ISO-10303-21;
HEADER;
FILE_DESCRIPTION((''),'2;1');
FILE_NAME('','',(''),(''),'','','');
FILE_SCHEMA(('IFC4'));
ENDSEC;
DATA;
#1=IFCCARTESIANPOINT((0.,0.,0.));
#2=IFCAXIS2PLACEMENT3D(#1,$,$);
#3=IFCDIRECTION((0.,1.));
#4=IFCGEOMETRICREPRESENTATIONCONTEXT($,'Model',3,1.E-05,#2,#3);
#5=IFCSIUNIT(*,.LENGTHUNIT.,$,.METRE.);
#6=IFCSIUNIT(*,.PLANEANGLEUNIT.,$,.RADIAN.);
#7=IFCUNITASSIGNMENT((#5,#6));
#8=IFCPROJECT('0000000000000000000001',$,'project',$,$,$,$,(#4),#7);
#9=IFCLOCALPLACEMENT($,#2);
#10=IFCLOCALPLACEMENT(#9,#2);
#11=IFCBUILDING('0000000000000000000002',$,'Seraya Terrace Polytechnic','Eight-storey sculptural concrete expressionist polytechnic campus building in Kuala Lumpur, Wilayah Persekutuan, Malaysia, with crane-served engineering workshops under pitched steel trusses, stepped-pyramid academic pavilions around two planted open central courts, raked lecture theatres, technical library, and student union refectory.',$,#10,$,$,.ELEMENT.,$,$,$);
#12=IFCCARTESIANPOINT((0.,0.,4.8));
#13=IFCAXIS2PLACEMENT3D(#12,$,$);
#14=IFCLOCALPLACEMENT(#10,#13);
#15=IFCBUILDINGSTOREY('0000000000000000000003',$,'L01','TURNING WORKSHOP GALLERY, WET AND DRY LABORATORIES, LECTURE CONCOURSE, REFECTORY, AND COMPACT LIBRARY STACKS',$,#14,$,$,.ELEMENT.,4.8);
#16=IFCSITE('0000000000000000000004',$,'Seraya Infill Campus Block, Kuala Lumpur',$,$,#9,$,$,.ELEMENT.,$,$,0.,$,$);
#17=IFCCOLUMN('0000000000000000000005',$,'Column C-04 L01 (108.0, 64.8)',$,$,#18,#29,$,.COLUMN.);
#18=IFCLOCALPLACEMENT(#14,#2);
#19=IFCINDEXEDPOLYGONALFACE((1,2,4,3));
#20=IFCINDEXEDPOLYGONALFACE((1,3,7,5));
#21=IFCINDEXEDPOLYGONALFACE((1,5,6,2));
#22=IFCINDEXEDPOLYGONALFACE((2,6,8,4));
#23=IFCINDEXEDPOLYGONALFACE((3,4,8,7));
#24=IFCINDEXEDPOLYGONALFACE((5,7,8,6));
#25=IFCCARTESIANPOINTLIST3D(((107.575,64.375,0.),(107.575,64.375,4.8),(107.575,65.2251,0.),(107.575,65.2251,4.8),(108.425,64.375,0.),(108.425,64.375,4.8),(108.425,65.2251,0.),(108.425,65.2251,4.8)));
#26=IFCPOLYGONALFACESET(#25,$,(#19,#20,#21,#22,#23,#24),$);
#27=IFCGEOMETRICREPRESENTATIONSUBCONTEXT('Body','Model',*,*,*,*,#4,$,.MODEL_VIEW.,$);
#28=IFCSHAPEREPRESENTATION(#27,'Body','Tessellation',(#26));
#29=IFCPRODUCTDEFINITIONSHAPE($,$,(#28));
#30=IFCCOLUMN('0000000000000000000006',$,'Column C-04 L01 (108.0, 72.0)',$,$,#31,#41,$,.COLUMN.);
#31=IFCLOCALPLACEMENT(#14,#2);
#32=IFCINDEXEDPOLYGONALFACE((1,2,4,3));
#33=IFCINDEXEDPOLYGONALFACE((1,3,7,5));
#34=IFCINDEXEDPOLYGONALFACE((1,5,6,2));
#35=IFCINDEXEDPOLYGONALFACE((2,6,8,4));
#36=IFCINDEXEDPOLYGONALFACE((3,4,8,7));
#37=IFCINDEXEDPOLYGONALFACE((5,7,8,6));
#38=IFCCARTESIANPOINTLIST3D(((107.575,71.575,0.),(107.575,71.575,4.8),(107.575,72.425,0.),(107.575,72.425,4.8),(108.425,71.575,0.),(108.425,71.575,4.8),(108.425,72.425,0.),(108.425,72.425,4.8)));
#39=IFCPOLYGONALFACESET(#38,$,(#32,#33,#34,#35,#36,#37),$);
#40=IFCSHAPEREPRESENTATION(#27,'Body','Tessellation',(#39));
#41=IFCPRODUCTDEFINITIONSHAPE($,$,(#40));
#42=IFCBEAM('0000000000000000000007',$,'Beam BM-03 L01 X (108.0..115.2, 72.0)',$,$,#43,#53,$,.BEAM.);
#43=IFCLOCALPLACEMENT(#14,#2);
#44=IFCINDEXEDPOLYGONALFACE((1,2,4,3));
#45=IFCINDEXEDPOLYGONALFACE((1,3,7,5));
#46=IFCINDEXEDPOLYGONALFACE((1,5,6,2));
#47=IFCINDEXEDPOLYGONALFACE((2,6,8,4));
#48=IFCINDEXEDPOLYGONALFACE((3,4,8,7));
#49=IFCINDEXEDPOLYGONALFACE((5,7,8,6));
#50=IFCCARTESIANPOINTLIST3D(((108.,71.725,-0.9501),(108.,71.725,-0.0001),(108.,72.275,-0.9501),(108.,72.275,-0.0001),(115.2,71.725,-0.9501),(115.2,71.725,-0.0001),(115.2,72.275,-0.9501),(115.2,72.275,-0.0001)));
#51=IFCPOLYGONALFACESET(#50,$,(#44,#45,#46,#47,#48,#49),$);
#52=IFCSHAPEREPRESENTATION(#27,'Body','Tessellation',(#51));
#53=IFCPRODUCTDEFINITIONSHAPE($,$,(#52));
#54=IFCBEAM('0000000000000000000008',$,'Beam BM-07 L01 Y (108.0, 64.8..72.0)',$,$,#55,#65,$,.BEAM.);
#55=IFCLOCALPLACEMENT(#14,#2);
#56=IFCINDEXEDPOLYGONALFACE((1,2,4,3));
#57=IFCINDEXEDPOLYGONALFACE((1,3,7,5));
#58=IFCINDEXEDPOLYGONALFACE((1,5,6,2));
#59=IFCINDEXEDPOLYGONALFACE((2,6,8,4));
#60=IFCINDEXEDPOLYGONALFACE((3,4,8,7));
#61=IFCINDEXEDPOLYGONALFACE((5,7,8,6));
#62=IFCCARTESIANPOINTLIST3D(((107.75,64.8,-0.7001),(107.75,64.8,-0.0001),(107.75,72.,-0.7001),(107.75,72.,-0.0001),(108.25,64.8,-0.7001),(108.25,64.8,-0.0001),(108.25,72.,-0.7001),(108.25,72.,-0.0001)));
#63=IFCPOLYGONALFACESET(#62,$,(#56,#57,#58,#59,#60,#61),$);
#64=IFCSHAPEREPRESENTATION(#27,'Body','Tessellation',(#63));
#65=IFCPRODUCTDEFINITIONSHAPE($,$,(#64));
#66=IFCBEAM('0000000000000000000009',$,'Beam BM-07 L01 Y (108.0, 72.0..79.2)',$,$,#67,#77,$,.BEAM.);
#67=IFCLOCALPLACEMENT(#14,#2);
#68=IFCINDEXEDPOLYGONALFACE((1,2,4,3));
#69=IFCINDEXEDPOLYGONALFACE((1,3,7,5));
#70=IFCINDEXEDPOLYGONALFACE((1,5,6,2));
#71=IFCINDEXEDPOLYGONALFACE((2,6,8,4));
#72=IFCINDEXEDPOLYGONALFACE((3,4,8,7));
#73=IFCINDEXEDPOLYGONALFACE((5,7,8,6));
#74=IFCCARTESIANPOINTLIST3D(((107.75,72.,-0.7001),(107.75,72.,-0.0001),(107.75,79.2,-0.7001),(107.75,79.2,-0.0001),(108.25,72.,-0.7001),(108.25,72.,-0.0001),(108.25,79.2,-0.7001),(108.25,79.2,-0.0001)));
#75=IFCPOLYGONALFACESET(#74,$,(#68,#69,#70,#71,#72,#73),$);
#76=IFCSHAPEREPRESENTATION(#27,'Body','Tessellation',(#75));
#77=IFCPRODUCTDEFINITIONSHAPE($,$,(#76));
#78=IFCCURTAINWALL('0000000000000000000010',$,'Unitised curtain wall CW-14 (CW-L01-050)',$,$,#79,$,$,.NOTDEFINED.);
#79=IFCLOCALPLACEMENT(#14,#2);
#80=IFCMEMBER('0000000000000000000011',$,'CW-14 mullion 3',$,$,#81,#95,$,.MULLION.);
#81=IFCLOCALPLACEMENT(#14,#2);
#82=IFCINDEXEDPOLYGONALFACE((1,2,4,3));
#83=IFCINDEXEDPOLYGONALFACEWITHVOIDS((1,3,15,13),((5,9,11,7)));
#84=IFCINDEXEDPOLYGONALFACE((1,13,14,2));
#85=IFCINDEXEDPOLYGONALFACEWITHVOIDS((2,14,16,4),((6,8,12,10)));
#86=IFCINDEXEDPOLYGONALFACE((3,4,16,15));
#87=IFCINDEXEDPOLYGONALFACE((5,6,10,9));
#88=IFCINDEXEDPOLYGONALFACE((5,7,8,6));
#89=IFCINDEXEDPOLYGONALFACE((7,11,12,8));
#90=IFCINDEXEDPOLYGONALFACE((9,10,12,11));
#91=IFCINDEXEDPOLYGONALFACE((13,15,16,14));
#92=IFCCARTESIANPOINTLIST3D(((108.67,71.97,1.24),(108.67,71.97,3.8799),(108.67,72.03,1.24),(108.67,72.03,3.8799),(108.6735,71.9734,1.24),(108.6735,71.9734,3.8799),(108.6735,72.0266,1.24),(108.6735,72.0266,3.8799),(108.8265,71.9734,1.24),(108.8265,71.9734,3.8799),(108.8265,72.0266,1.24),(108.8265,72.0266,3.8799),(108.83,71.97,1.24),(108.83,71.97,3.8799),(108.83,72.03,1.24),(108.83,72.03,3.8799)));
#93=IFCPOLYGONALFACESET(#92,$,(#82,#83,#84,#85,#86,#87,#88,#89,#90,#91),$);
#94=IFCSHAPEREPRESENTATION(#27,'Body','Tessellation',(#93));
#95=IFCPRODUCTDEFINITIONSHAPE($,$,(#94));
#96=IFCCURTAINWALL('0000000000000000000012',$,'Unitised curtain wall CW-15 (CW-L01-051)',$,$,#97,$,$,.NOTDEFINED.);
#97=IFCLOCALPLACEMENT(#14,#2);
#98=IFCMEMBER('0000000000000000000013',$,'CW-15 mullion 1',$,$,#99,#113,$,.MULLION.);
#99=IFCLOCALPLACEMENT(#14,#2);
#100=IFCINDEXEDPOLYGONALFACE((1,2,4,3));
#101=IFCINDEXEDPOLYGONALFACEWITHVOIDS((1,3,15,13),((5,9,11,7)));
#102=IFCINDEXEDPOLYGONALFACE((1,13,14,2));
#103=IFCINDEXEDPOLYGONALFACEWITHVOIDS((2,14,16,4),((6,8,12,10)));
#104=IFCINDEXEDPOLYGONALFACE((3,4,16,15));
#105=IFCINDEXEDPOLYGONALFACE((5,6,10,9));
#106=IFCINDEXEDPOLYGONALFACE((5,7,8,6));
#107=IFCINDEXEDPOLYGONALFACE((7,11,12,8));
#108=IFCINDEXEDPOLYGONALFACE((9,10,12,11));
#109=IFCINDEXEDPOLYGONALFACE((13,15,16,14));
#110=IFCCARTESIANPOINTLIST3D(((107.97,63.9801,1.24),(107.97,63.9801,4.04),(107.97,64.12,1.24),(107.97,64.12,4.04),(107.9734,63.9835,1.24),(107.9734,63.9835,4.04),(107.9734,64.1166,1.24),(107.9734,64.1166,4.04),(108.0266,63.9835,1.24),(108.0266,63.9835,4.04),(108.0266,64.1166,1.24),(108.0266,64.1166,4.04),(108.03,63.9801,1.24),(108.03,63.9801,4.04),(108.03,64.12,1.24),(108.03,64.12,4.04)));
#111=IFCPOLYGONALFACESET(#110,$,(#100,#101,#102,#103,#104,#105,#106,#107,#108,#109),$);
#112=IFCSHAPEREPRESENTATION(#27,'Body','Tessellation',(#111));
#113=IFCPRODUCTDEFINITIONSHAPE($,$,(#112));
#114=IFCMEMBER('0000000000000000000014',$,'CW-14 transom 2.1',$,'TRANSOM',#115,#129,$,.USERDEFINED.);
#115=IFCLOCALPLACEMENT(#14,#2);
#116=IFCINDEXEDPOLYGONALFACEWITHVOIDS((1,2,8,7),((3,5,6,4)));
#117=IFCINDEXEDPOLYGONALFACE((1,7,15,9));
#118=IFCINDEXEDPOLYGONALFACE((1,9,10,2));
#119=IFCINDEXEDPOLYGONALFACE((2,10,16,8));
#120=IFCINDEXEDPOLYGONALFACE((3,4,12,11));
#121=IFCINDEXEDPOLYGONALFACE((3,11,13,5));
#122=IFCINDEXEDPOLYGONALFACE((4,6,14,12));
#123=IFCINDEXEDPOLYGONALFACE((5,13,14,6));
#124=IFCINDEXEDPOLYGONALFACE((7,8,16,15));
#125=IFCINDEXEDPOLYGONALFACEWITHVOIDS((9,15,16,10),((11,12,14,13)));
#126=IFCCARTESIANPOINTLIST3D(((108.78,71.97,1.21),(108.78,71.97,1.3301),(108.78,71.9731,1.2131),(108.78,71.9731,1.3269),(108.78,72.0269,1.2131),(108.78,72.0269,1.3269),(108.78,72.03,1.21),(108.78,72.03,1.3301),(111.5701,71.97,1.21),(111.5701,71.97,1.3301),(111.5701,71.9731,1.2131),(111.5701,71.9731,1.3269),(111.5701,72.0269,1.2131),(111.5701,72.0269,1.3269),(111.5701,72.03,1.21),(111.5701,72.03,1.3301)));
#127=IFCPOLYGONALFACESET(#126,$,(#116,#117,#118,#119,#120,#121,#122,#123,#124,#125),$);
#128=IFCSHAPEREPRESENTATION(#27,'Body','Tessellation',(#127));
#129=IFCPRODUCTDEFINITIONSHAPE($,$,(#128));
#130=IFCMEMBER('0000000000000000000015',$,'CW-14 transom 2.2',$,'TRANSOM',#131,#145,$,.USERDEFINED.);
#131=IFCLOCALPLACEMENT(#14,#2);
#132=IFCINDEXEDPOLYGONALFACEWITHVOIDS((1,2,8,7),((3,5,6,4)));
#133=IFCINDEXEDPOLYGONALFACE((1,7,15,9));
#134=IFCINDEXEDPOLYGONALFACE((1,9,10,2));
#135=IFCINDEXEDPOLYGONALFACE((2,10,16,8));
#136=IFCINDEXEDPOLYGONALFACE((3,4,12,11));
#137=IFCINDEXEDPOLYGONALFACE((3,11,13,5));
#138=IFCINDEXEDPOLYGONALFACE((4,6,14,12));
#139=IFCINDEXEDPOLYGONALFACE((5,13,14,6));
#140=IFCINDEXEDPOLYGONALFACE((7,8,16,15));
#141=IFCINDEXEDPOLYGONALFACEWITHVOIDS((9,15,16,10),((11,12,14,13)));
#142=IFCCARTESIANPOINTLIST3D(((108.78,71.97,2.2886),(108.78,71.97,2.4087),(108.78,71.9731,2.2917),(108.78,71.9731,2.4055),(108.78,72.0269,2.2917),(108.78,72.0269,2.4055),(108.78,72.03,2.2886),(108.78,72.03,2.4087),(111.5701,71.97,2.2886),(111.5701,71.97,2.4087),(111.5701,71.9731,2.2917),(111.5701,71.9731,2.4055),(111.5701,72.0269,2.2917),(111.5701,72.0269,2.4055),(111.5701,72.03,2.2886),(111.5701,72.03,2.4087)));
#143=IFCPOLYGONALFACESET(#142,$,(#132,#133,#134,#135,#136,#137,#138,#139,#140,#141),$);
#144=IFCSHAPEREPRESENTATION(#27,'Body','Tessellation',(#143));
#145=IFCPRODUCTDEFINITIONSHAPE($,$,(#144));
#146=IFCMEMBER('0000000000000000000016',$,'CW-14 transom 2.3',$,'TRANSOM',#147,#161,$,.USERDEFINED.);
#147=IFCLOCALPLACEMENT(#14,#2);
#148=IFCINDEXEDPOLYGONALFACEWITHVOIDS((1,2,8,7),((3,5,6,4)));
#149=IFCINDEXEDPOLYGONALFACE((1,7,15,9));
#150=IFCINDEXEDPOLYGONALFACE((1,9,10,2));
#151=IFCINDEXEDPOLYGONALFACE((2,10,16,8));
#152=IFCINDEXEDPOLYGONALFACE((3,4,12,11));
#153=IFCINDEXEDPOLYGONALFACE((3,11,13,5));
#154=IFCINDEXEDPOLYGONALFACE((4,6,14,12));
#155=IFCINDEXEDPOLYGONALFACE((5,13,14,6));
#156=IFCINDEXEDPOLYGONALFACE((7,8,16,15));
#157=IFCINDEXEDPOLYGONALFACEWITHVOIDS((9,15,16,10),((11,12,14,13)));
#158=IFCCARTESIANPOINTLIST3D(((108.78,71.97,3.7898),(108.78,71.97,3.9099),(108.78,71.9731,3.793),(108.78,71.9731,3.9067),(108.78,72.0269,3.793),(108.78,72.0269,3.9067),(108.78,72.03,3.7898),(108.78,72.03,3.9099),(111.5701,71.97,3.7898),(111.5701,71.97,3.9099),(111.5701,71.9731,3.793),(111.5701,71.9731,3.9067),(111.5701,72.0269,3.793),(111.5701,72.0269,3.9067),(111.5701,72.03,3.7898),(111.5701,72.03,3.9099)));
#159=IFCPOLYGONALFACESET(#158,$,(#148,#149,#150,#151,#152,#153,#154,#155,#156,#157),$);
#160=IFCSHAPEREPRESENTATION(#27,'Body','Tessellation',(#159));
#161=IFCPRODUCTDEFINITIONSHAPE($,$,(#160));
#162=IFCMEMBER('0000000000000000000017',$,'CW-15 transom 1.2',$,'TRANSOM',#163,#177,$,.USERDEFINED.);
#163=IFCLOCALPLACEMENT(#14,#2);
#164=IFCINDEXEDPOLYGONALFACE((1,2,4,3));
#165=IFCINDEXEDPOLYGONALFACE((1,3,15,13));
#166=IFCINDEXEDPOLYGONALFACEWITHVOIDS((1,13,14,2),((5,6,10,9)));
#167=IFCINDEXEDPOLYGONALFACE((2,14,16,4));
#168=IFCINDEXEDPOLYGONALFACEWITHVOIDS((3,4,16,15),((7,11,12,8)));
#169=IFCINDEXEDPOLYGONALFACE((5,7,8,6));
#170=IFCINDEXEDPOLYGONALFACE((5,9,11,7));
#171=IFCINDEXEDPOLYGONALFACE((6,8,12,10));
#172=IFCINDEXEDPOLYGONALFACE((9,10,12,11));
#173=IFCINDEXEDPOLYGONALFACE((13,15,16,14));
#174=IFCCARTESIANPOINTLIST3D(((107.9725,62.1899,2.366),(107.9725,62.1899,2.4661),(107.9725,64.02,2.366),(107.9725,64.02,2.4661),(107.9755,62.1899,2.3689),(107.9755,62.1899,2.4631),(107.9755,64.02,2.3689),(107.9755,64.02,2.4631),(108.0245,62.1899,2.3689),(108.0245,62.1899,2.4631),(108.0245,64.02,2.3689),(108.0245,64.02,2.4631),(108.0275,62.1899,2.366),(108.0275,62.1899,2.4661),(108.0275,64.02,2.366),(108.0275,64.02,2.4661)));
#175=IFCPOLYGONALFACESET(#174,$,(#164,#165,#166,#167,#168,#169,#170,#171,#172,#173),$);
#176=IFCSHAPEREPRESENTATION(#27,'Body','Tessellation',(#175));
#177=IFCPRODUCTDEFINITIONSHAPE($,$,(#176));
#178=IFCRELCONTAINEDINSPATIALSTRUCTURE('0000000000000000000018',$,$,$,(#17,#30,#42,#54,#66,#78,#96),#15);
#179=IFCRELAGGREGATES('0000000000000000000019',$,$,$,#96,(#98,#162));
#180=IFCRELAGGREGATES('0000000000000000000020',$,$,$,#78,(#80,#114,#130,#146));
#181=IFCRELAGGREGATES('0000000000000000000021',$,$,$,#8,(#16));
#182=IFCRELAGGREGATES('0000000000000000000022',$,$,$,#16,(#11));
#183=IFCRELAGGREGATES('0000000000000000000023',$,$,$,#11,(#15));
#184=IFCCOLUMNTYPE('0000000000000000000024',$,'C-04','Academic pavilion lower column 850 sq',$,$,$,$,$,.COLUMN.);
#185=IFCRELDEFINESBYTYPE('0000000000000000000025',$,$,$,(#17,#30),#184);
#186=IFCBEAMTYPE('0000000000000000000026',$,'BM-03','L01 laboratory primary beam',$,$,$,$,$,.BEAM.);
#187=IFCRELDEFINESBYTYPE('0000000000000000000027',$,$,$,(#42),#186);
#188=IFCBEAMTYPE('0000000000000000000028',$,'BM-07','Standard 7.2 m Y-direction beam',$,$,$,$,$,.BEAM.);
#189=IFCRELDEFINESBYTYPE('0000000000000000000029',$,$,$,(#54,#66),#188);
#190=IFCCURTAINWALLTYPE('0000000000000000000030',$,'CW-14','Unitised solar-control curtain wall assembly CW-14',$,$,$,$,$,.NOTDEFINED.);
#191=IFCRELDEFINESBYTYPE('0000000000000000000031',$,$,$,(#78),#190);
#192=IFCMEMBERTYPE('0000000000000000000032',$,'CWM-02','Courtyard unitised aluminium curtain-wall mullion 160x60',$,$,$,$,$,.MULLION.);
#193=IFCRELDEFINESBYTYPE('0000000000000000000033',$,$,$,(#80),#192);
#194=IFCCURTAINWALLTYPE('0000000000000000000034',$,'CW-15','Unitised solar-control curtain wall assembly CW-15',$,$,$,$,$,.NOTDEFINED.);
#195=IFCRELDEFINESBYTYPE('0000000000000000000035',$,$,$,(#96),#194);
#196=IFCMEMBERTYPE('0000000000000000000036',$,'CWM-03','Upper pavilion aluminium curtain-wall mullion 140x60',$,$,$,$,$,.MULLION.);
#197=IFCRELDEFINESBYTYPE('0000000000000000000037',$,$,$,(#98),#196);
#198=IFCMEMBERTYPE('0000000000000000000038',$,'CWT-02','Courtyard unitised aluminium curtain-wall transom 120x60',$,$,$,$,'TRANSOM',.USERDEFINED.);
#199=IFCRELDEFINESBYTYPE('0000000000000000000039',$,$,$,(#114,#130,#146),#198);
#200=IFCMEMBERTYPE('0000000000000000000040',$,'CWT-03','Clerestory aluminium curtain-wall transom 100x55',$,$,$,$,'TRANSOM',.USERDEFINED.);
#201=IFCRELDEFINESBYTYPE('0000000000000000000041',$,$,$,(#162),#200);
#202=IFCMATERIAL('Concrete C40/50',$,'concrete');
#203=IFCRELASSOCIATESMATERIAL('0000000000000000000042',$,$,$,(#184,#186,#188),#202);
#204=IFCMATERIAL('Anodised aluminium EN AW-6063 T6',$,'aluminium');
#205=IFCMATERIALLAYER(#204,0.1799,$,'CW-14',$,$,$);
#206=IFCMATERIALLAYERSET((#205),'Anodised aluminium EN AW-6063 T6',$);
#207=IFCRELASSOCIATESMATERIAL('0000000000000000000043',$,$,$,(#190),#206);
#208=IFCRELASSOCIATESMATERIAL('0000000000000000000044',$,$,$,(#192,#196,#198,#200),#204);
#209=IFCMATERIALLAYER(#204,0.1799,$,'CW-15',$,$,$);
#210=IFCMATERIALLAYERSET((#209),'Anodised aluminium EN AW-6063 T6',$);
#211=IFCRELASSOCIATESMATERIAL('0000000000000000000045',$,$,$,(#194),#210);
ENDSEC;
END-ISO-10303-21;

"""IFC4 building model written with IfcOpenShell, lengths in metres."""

from ifc_helpers import new_model, si_unit, direction, frame, origin, origin_2d, place, context, subcontext, project, spatial, rectangle, hollow_rectangle, extrude, material, layer, layer_set, material_profile, profile_set, type_object, element, aggregate, save


model = new_model("IFC4")

# Units and contexts
model_context = context("Model", 3, precision=1e-05, world=origin(), true_north=direction((0.0, 1.0)))
body_context = subcontext(model_context, "Body", "Model", "MODEL_VIEW")
ifc_project = project(units=[si_unit("LENGTHUNIT", "METRE"), si_unit("PLANEANGLEUNIT", "RADIAN")], contexts=[model_context])

# Site, building, storey
site_placement = place(None, origin())
site = spatial("IfcSite", under=ifc_project, at=site_placement, Name="Seraya Infill Campus Block, Kuala Lumpur", CompositionType="ELEMENT", RefElevation=0.0)
building_placement = place(site_placement, origin())
building = spatial("IfcBuilding", under=site, at=building_placement, Name="Seraya Terrace Polytechnic", Description="Eight-storey sculptural concrete expressionist polytechnic campus building in Kuala Lumpur, Wilayah Persekutuan, Malaysia, with crane-served engineering workshops under pitched steel trusses, stepped-pyramid academic pavilions around two planted open central courts, raked lecture theatres, technical library, and student union refectory.", CompositionType="ELEMENT")
storey_placement = place(building_placement, frame((0.0, 0.0, 4.8)))
storey = spatial("IfcBuildingStorey", under=building, at=storey_placement, Name="L01", Description="TURNING WORKSHOP GALLERY, WET AND DRY LABORATORIES, LECTURE CONCOURSE, REFECTORY, AND COMPACT LIBRARY STACKS", CompositionType="ELEMENT", Elevation=4.8)

# Columns
ifc_material_1 = material(Name="Concrete C40/50", Category="concrete")
ifc_material_profile_1 = material_profile(ifc_material_1, rectangle(XDim=0.8501, YDim=0.8501, at=origin_2d()), Name="RC 850x850")
ifc_profile_set_1 = profile_set([ifc_material_profile_1], Name="Concrete C40/50")
column_type = type_object("IfcColumnType", Name="C-04", Description="Academic pavilion lower column 850 sq", PredefinedType="COLUMN", material=ifc_profile_set_1)
for number, where, z_axis, x_axis, name in (
    (1, (108.0, 64.8, 0.0), (0.0, 0.0, 1.0), (1.0, 0.0, 0.0), "Column C-04 L01 (108.0, 64.8)"),
    (2, (108.0, 72.0, 0.0), (0.0, 0.0, 1.0), (1.0, 0.0, 0.0), "Column C-04 L01 (108.0, 72.0)"),
):
    element("IfcColumn", number, at=place(storey_placement, frame(where, z_axis=z_axis, x_axis=x_axis)), inside=storey, type_object=column_type, Name=name, PredefinedType="COLUMN", context=body_context, shape_type="SweptSolid", body=[
        extrude(rectangle(XDim=0.8501, YDim=0.8501, at=origin_2d()), origin(), (0.0, 0.0, 1.0), 4.8),
    ])

# Beams
ifc_material_profile_2 = material_profile(ifc_material_1, rectangle(XDim=0.55, YDim=0.95, at=origin_2d()), Name="RC 550x950")
ifc_profile_set_2 = profile_set([ifc_material_profile_2], Name="Concrete C40/50")
beam_type_1 = type_object("IfcBeamType", Name="BM-03", Description="L01 laboratory primary beam", PredefinedType="BEAM", material=ifc_profile_set_2)
beam_placement = place(storey_placement, frame((108.0, 72.0, -0.4751), z_axis=(1.0, 0.0, 0.0), x_axis=(0.0, 1.0, 0.0)))
element("IfcBeam", 3, at=beam_placement, inside=storey, type_object=beam_type_1, Name="Beam BM-03 L01 X (108.0..115.2, 72.0)", PredefinedType="BEAM", context=body_context, shape_type="SweptSolid", body=[
    extrude(rectangle(XDim=0.55, YDim=0.95, at=origin_2d()), origin(), (0.0, 0.0, 1.0), 7.2),
])
ifc_material_profile_3 = material_profile(ifc_material_1, rectangle(XDim=0.5, YDim=0.7, at=origin_2d()), Name="RC 500x700")
ifc_profile_set_3 = profile_set([ifc_material_profile_3], Name="Concrete C40/50")
beam_type_2 = type_object("IfcBeamType", Name="BM-07", Description="Standard 7.2 m Y-direction beam", PredefinedType="BEAM", material=ifc_profile_set_3)
for number, where, z_axis, x_axis, name in (
    (4, (108.0, 64.8, -0.3501), (0.0, 1.0, 0.0), (-1.0, 0.0, 0.0), "Beam BM-07 L01 Y (108.0, 64.8..72.0)"),
    (5, (108.0, 72.0, -0.3501), (0.0, 1.0, 0.0), (-1.0, 0.0, 0.0), "Beam BM-07 L01 Y (108.0, 72.0..79.2)"),
):
    element("IfcBeam", number, at=place(storey_placement, frame(where, z_axis=z_axis, x_axis=x_axis)), inside=storey, type_object=beam_type_2, Name=name, PredefinedType="BEAM", context=body_context, shape_type="SweptSolid", body=[
        extrude(rectangle(XDim=0.5, YDim=0.7, at=origin_2d()), origin(), (0.0, 0.0, 1.0), 7.2),
    ])

# Curtain walls, members
ifc_material_2 = material(Name="Anodised aluminium EN AW-6063 T6", Category="aluminium")
ifc_layer_1 = layer(ifc_material_2, 0.1799, Name="CW-14")
ifc_layer_set_1 = layer_set([ifc_layer_1], Name="Anodised aluminium EN AW-6063 T6")
curtain_wall_type_1 = type_object("IfcCurtainWallType", Name="CW-14", Description="Unitised solar-control curtain wall assembly CW-14", PredefinedType="NOTDEFINED", material=ifc_layer_set_1)
curtain_wall_1_placement = place(storey_placement, origin())
curtain_wall_1 = element("IfcCurtainWall", 6, at=curtain_wall_1_placement, inside=storey, type_object=curtain_wall_type_1, Name="Unitised curtain wall CW-14 (CW-L01-050)", PredefinedType="NOTDEFINED")
ifc_material_profile_4 = material_profile(ifc_material_2, hollow_rectangle(XDim=0.0601, YDim=0.1599, WallThickness=0.0034, at=origin_2d()), Name="RHS 160x60x3.5")
ifc_profile_set_4 = profile_set([ifc_material_profile_4], Name="Anodised aluminium EN AW-6063 T6")
member_type_1 = type_object("IfcMemberType", Name="CWM-02", Description="Courtyard unitised aluminium curtain-wall mullion 160x60", PredefinedType="MULLION", material=ifc_profile_set_4)
member_1_placement = place(storey_placement, frame((108.75, 72.0, 1.24), z_axis=(0.0, 0.0, 1.0), x_axis=(0.0, -1.0, 0.0)))
member_1 = element("IfcMember", 7, at=member_1_placement, type_object=member_type_1, Name="CW-14 mullion 3", PredefinedType="MULLION", context=body_context, shape_type="SweptSolid", body=[
    extrude(hollow_rectangle(XDim=0.0601, YDim=0.1599, WallThickness=0.0034, at=origin_2d()), origin(), (0.0, 0.0, 1.0), 2.6399),
])
ifc_layer_2 = layer(ifc_material_2, 0.1799, Name="CW-15")
ifc_layer_set_2 = layer_set([ifc_layer_2], Name="Anodised aluminium EN AW-6063 T6")
curtain_wall_type_2 = type_object("IfcCurtainWallType", Name="CW-15", Description="Unitised solar-control curtain wall assembly CW-15", PredefinedType="NOTDEFINED", material=ifc_layer_set_2)
curtain_wall_2_placement = place(storey_placement, origin())
curtain_wall_2 = element("IfcCurtainWall", 8, at=curtain_wall_2_placement, inside=storey, type_object=curtain_wall_type_2, Name="Unitised curtain wall CW-15 (CW-L01-051)", PredefinedType="NOTDEFINED")
ifc_material_profile_5 = material_profile(ifc_material_2, hollow_rectangle(XDim=0.0601, YDim=0.1399, WallThickness=0.0034, at=origin_2d()), Name="RHS 140x60x3.5")
ifc_profile_set_5 = profile_set([ifc_material_profile_5], Name="Anodised aluminium EN AW-6063 T6")
member_type_2 = type_object("IfcMemberType", Name="CWM-03", Description="Upper pavilion aluminium curtain-wall mullion 140x60", PredefinedType="MULLION", material=ifc_profile_set_5)
member_2_placement = place(storey_placement, frame((108.0, 64.05, 1.24), z_axis=(0.0, 0.0, 1.0), x_axis=(1.0, 0.0, 0.0)))
member_2 = element("IfcMember", 9, at=member_2_placement, type_object=member_type_2, Name="CW-15 mullion 1", PredefinedType="MULLION", context=body_context, shape_type="SweptSolid", body=[
    extrude(hollow_rectangle(XDim=0.0601, YDim=0.1399, WallThickness=0.0034, at=origin_2d()), origin(), (0.0, 0.0, 1.0), 2.8),
])

# Members
ifc_material_profile_6 = material_profile(ifc_material_2, hollow_rectangle(XDim=0.0601, YDim=0.1201, WallThickness=0.0032, at=origin_2d()), Name="RHS 120x60x3.2")
ifc_profile_set_6 = profile_set([ifc_material_profile_6], Name="Anodised aluminium EN AW-6063 T6")
member_type_3 = type_object("IfcMemberType", Name="CWT-02", Description="Courtyard unitised aluminium curtain-wall transom 120x60", ElementType="TRANSOM", PredefinedType="USERDEFINED", material=ifc_profile_set_6)
member_3_placement = place(storey_placement, frame((111.5701, 72.0, 1.27), z_axis=(-1.0, 0.0, 0.0), x_axis=(0.0, -1.0, 0.0)))
member_3 = element("IfcMember", 10, at=member_3_placement, type_object=member_type_3, Name="CW-14 transom 2.1", ObjectType="TRANSOM", PredefinedType="USERDEFINED", context=body_context, shape_type="SweptSolid", body=[
    extrude(hollow_rectangle(XDim=0.0601, YDim=0.1201, WallThickness=0.0032, at=origin_2d()), origin(), (0.0, 0.0, 1.0), 2.79),
])
member_4_placement = place(storey_placement, frame((111.5701, 72.0, 2.3486), z_axis=(-1.0, 0.0, 0.0), x_axis=(0.0, -1.0, 0.0)))
member_4 = element("IfcMember", 11, at=member_4_placement, type_object=member_type_3, Name="CW-14 transom 2.2", ObjectType="TRANSOM", PredefinedType="USERDEFINED", context=body_context, shape_type="SweptSolid", body=[
    extrude(hollow_rectangle(XDim=0.0601, YDim=0.1201, WallThickness=0.0032, at=origin_2d()), origin(), (0.0, 0.0, 1.0), 2.79),
])
member_5_placement = place(storey_placement, frame((111.5701, 72.0, 3.8499), z_axis=(-1.0, 0.0, 0.0), x_axis=(0.0, -1.0, 0.0)))
member_5 = element("IfcMember", 12, at=member_5_placement, type_object=member_type_3, Name="CW-14 transom 2.3", ObjectType="TRANSOM", PredefinedType="USERDEFINED", context=body_context, shape_type="SweptSolid", body=[
    extrude(hollow_rectangle(XDim=0.0601, YDim=0.1201, WallThickness=0.0032, at=origin_2d()), origin(), (0.0, 0.0, 1.0), 2.79),
])
ifc_material_profile_7 = material_profile(ifc_material_2, hollow_rectangle(XDim=0.0549, YDim=0.1001, WallThickness=0.0029, at=origin_2d()), Name="RHS 100x55x3.0")
ifc_profile_set_7 = profile_set([ifc_material_profile_7], Name="Anodised aluminium EN AW-6063 T6")
member_type_4 = type_object("IfcMemberType", Name="CWT-03", Description="Clerestory aluminium curtain-wall transom 100x55", ElementType="TRANSOM", PredefinedType="USERDEFINED", material=ifc_profile_set_7)
member_6_placement = place(storey_placement, frame((108.0, 64.02, 2.416), z_axis=(0.0, -1.0, 0.0), x_axis=(1.0, 0.0, 0.0)))
member_6 = element("IfcMember", 13, at=member_6_placement, type_object=member_type_4, Name="CW-15 transom 1.2", ObjectType="TRANSOM", PredefinedType="USERDEFINED", context=body_context, shape_type="SweptSolid", body=[
    extrude(hollow_rectangle(XDim=0.0549, YDim=0.1001, WallThickness=0.0029, at=origin_2d()), origin(), (0.0, 0.0, 1.0), 1.8301),
])
aggregate(curtain_wall_2, [member_2, member_6])

aggregate(curtain_wall_1, [member_1, member_3, member_4, member_5])

save(model, "model.ifc")
